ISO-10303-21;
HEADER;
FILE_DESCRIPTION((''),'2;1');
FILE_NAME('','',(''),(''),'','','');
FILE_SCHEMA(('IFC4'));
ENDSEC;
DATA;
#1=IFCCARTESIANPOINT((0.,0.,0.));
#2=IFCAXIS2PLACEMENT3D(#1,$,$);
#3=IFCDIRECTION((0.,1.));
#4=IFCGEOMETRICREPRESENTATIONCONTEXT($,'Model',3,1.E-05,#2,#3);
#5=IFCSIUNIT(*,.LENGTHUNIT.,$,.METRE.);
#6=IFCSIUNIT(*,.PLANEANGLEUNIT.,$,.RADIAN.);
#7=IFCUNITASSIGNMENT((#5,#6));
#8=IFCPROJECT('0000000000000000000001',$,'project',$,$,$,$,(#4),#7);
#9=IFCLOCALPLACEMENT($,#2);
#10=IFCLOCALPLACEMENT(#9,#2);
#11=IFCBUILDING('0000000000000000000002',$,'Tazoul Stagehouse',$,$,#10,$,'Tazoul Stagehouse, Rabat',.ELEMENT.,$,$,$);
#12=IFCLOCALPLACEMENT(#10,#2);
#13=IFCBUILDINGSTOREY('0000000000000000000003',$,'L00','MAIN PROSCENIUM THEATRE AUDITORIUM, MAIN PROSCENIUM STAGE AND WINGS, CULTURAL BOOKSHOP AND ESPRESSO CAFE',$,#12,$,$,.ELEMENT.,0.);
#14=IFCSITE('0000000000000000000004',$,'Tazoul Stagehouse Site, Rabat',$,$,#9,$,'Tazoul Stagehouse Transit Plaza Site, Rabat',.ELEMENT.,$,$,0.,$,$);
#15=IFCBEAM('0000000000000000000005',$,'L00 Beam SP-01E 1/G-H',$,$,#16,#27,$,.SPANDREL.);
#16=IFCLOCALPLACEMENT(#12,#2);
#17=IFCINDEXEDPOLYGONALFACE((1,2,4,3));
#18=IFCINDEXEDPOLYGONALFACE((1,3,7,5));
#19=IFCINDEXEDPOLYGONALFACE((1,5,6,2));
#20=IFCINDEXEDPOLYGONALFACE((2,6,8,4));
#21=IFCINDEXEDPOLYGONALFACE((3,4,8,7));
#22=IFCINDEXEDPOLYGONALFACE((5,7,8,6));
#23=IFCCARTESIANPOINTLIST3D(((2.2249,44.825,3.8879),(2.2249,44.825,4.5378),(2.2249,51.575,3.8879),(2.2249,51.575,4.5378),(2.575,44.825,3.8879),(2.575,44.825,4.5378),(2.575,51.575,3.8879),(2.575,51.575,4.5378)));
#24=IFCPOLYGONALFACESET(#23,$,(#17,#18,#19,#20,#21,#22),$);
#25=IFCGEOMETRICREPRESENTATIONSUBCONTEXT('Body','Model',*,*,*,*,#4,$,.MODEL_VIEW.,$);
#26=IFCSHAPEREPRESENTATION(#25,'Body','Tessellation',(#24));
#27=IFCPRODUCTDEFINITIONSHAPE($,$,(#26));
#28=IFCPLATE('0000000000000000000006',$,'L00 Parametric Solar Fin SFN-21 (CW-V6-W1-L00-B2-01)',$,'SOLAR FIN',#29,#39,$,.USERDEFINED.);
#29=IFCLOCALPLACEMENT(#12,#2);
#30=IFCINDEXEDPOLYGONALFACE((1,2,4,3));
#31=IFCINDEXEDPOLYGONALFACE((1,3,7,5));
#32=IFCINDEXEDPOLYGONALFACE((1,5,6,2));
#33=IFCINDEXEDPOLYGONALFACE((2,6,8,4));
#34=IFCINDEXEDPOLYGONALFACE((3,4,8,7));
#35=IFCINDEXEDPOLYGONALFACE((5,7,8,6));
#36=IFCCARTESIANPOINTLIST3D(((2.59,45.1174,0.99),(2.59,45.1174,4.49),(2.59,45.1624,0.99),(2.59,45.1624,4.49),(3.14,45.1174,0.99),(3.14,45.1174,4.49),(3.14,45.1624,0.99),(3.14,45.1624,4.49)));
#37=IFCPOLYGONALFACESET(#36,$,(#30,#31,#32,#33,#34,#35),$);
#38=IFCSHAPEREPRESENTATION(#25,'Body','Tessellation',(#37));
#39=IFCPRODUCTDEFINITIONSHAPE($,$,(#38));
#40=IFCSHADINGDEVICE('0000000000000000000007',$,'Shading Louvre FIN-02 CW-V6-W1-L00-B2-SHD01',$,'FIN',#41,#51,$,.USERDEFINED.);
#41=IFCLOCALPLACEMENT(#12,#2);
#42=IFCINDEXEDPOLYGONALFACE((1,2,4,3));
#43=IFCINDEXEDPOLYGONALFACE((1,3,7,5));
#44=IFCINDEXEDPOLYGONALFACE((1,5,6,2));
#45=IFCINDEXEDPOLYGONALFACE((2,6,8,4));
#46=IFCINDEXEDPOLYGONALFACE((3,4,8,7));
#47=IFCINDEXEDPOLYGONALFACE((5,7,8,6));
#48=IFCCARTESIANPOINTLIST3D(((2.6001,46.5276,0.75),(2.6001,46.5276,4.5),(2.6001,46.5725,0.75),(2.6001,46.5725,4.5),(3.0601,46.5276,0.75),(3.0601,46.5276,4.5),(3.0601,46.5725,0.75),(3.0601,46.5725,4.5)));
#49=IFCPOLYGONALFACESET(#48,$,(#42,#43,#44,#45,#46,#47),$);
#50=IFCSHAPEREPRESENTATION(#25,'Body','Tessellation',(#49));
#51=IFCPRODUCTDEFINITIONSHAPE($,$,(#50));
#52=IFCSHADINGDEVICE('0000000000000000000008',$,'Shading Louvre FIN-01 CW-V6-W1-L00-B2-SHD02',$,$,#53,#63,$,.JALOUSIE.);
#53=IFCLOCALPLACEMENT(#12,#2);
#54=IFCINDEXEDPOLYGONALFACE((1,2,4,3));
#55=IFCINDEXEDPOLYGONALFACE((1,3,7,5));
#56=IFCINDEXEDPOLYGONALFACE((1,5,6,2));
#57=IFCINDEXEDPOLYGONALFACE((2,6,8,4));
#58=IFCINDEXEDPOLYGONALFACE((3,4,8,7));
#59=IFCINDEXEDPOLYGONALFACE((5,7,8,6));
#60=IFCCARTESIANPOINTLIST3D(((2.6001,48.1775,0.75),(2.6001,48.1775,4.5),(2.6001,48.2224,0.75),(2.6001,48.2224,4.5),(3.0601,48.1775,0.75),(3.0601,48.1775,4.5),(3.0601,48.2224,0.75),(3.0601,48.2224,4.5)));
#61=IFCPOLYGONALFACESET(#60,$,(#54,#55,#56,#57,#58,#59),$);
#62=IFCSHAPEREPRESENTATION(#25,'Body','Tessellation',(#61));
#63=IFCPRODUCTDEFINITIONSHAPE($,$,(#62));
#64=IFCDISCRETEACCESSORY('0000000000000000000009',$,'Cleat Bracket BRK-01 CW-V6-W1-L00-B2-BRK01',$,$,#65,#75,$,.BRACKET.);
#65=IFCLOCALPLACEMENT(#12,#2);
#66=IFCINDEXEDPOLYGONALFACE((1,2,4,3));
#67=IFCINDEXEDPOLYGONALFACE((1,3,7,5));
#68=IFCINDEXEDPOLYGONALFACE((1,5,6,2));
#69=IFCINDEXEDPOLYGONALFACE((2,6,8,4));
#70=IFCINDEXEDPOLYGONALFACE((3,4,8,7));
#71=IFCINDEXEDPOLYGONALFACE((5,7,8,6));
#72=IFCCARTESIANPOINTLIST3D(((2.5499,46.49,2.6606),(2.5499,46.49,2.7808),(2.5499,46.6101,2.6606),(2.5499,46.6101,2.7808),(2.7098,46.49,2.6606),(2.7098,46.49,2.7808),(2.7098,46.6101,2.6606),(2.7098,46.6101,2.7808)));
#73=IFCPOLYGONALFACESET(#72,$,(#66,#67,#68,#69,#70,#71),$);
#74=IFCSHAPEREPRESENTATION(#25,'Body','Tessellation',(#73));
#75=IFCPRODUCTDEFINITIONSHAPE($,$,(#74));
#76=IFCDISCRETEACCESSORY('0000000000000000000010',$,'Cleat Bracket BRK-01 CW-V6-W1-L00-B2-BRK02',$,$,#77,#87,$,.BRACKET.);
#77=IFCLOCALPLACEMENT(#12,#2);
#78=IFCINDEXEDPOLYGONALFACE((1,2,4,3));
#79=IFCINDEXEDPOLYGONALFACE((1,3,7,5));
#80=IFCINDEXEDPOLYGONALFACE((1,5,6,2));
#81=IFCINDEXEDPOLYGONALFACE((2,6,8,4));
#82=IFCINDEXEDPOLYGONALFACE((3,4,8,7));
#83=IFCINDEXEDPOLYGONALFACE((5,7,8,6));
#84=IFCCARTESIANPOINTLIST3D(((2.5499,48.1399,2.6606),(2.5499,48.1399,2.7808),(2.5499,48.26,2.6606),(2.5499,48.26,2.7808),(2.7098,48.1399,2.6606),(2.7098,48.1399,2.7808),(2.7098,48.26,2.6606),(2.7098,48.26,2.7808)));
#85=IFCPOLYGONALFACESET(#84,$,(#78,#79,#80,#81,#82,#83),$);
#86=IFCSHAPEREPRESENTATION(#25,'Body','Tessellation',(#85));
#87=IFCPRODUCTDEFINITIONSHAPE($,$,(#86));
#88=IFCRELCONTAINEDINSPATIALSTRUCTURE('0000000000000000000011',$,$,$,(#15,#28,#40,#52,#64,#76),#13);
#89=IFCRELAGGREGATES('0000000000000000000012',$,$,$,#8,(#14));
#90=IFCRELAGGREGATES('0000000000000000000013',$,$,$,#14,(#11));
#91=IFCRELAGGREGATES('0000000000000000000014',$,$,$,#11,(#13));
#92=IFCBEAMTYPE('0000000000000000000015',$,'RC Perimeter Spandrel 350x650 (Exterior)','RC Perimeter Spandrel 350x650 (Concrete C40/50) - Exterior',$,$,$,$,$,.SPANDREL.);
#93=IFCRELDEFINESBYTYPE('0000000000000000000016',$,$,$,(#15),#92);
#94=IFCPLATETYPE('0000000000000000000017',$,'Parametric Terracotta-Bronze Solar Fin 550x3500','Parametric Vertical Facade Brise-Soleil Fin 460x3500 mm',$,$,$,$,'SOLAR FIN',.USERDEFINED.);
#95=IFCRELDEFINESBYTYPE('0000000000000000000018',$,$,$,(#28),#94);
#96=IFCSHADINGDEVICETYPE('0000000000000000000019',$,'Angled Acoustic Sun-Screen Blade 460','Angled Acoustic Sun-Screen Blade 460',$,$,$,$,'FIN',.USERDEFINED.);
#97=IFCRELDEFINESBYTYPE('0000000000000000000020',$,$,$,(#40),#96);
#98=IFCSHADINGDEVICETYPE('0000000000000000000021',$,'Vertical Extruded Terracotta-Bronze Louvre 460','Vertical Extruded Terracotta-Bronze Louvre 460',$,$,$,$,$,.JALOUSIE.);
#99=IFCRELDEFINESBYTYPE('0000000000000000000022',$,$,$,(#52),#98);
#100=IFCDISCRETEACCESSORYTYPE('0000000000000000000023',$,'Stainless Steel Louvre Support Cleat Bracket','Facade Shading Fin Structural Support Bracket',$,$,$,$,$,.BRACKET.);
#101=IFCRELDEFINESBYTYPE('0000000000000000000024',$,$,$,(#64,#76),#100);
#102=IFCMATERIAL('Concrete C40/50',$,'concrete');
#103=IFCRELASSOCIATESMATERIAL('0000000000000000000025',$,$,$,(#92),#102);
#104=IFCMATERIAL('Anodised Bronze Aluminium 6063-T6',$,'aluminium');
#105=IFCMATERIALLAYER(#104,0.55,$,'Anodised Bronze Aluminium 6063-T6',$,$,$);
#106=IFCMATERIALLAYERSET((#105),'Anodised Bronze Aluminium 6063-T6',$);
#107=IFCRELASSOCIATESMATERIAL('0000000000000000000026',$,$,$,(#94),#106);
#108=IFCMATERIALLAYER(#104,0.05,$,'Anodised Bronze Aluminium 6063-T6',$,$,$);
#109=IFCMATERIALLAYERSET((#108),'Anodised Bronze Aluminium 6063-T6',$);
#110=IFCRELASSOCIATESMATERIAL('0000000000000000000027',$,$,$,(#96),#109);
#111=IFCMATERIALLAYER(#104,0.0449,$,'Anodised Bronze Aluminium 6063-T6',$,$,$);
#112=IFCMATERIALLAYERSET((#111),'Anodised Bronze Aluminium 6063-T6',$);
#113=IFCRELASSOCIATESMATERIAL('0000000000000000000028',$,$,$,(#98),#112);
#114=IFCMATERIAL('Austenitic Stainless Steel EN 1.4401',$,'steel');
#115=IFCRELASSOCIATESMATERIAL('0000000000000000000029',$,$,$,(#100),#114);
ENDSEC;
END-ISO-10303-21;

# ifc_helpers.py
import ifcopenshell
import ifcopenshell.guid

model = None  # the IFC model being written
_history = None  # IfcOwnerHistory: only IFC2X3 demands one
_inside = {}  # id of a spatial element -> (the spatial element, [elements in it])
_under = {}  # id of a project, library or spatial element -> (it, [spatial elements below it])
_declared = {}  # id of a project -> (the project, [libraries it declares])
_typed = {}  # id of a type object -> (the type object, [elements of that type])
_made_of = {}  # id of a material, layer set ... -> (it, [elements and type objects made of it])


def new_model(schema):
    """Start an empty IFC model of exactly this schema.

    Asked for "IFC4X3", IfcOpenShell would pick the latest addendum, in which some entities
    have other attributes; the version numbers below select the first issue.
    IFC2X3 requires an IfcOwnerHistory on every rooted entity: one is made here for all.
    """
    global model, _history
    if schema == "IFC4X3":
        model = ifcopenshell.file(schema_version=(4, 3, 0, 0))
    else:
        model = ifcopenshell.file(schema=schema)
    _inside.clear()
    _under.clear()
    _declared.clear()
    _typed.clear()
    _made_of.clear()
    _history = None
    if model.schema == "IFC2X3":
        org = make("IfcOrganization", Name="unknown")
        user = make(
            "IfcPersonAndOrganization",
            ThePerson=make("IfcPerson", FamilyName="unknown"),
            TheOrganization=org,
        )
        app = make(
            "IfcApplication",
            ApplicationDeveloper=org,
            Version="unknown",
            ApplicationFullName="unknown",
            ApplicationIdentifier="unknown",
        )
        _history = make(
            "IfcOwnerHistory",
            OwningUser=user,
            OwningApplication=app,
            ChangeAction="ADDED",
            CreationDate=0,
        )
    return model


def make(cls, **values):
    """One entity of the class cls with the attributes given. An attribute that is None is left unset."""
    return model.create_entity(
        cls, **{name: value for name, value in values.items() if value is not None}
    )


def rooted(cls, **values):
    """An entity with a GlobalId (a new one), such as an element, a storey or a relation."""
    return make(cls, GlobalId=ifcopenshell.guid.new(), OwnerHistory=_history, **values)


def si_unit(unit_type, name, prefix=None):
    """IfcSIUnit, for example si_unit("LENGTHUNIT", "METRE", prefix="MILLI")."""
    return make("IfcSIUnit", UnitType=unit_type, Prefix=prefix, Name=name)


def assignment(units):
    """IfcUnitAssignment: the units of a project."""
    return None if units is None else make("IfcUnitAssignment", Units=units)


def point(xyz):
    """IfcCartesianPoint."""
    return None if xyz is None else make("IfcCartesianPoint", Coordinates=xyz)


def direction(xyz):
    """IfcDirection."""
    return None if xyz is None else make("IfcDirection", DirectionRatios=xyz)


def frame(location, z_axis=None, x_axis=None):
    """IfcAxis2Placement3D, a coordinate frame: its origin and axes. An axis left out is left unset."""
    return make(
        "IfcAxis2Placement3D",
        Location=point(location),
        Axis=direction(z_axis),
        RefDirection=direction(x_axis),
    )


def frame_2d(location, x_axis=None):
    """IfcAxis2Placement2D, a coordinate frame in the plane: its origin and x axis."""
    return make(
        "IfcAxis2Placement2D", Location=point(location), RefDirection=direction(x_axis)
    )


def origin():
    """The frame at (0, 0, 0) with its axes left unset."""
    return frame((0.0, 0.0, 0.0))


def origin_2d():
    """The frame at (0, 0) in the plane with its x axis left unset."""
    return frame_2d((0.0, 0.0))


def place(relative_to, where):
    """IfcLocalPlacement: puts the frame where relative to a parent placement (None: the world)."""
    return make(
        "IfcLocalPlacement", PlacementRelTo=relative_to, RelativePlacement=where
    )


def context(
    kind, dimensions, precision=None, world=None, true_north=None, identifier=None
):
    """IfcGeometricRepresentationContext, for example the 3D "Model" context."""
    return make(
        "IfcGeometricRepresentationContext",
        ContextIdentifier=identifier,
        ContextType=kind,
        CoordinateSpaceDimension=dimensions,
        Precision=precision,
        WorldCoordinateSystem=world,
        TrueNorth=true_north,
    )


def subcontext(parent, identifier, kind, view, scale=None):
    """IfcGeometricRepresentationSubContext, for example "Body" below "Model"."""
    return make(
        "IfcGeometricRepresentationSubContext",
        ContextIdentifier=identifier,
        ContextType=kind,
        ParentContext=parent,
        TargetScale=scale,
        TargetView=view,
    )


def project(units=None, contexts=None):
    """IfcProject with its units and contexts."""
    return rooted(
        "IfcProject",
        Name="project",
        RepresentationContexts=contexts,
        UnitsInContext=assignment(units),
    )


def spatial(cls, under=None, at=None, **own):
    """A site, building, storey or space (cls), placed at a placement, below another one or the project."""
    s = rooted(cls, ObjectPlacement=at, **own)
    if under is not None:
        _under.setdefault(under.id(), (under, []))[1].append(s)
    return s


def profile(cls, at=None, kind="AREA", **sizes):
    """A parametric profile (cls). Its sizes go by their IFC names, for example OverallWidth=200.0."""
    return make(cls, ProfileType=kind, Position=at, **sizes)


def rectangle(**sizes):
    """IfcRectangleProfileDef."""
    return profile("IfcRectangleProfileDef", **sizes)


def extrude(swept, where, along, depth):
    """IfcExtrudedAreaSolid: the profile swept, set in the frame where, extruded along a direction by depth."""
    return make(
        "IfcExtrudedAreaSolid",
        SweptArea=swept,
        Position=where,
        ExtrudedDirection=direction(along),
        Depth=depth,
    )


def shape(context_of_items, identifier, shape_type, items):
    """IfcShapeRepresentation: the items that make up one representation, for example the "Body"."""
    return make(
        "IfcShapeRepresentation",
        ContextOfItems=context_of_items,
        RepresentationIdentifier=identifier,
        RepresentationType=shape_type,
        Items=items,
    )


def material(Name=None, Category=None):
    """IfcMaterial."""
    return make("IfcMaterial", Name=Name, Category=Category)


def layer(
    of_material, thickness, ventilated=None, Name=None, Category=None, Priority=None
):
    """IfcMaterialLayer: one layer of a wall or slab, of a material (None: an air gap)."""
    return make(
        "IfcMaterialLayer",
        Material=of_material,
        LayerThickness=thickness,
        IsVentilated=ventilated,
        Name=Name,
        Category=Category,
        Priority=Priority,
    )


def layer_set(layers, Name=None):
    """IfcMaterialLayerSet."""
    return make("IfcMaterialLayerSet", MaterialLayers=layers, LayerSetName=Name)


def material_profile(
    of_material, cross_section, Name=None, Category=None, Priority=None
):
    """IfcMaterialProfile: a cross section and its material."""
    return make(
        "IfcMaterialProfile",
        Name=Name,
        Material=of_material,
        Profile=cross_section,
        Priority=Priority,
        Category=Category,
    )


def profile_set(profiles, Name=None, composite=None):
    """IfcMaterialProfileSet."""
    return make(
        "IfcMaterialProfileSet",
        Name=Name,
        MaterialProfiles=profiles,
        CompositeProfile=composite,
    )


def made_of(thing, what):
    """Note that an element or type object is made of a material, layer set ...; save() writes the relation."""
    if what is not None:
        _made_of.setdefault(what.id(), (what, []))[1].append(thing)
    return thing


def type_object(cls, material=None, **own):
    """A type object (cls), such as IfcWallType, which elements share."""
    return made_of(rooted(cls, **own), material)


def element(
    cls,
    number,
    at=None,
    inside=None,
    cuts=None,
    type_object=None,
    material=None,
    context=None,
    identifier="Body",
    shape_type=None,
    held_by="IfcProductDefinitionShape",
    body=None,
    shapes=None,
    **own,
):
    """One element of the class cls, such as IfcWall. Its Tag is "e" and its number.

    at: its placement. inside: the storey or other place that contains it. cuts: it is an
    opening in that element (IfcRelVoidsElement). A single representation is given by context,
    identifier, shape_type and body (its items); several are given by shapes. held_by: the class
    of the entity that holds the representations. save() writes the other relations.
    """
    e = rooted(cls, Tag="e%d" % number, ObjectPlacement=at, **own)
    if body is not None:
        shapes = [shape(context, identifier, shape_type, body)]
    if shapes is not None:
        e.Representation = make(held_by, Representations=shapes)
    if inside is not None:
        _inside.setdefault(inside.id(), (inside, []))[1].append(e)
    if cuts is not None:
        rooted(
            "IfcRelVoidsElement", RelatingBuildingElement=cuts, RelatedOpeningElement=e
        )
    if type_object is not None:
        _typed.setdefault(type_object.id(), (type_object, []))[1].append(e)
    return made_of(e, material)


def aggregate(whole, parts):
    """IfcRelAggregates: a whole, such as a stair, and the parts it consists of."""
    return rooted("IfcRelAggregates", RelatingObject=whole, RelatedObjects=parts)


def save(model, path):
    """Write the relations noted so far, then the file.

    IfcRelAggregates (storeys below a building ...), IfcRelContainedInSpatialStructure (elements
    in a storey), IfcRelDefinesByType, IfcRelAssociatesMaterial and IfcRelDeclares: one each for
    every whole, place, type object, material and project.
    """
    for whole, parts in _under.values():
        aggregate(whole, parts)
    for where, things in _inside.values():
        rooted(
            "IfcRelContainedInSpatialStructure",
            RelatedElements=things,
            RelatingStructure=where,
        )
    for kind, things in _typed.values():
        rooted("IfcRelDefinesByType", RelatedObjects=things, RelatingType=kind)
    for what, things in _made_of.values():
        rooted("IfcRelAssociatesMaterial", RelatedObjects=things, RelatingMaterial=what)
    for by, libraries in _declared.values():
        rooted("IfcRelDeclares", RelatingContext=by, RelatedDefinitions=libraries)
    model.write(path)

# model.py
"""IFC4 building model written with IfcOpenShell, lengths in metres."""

from ifc_helpers import new_model, si_unit, direction, frame, origin, origin_2d, place, context, subcontext, project, spatial, rectangle, extrude, material, layer, layer_set, material_profile, profile_set, type_object, element, save


model = new_model("IFC4")

# Units and contexts
model_context = context("Model", 3, precision=1e-05, world=origin(), true_north=direction((0.0, 1.0)))
body_context = subcontext(model_context, "Body", "Model", "MODEL_VIEW")
ifc_project = project(units=[si_unit("LENGTHUNIT", "METRE"), si_unit("PLANEANGLEUNIT", "RADIAN")], contexts=[model_context])

# Shared definitions
ifc_material_1 = material(Name="Anodised Bronze Aluminium 6063-T6", Category="aluminium")
site_placement = place(None, origin())
building_placement = place(site_placement, origin())
storey_placement = place(building_placement, origin())

# Site, building, storey
site = spatial("IfcSite", under=ifc_project, at=site_placement, Name="Tazoul Stagehouse Site, Rabat", LongName="Tazoul Stagehouse Transit Plaza Site, Rabat", CompositionType="ELEMENT", RefElevation=0.0)
building = spatial("IfcBuilding", under=site, at=building_placement, Name="Tazoul Stagehouse", LongName="Tazoul Stagehouse, Rabat", CompositionType="ELEMENT")
storey = spatial("IfcBuildingStorey", under=building, at=storey_placement, Name="L00", Description="MAIN PROSCENIUM THEATRE AUDITORIUM, MAIN PROSCENIUM STAGE AND WINGS, CULTURAL BOOKSHOP AND ESPRESSO CAFE", CompositionType="ELEMENT", Elevation=0.0)

# Beam
ifc_material_2 = material(Name="Concrete C40/50", Category="concrete")
ifc_material_profile_1 = material_profile(ifc_material_2, rectangle(XDim=0.3501, YDim=0.6499, at=origin_2d()), Name="RC 350x650")
ifc_profile_set_1 = profile_set([ifc_material_profile_1], Name="Concrete C40/50")
beam_type = type_object("IfcBeamType", Name="RC Perimeter Spandrel 350x650 (Exterior)", Description="RC Perimeter Spandrel 350x650 (Concrete C40/50) - Exterior", PredefinedType="SPANDREL", material=ifc_profile_set_1)
beam_placement = place(storey_placement, frame((2.3999, 44.825, 4.2129), z_axis=(0.0, 1.0, 0.0), x_axis=(-1.0, 0.0, 0.0)))
element("IfcBeam", 1, at=beam_placement, inside=storey, type_object=beam_type, Name="L00 Beam SP-01E 1/G-H", PredefinedType="SPANDREL", context=body_context, shape_type="SweptSolid", body=[
    extrude(rectangle(XDim=0.3501, YDim=0.6499, at=origin_2d()), origin(), (0.0, 0.0, 1.0), 6.75),
])

# Plate
ifc_layer_1 = layer(ifc_material_1, 0.55, Name="Anodised Bronze Aluminium 6063-T6")
ifc_layer_set_1 = layer_set([ifc_layer_1], Name="Anodised Bronze Aluminium 6063-T6")
plate_type_1 = type_object("IfcPlateType", Name="Parametric Terracotta-Bronze Solar Fin 550x3500", Description="Parametric Vertical Facade Brise-Soleil Fin 460x3500 mm", ElementType="SOLAR FIN", PredefinedType="USERDEFINED", material=ifc_layer_set_1)
plate_1_placement = place(storey_placement, frame((2.865, 45.1399, 0.99), z_axis=(0.0, 0.0, 1.0), x_axis=(0.0, 1.0, 0.0)))
element("IfcPlate", 2, at=plate_1_placement, inside=storey, type_object=plate_type_1, Name="L00 Parametric Solar Fin SFN-21 (CW-V6-W1-L00-B2-01)", ObjectType="SOLAR FIN", PredefinedType="USERDEFINED", context=body_context, shape_type="SweptSolid", body=[
    extrude(rectangle(XDim=0.0449, YDim=0.55, at=origin_2d()), origin(), (0.0, 0.0, 1.0), 3.5),
])

# Shading devices
ifc_layer_2 = layer(ifc_material_1, 0.05, Name="Anodised Bronze Aluminium 6063-T6")
ifc_layer_set_2 = layer_set([ifc_layer_2], Name="Anodised Bronze Aluminium 6063-T6")
shading_device_type_1 = type_object("IfcShadingDeviceType", Name="Angled Acoustic Sun-Screen Blade 460", Description="Angled Acoustic Sun-Screen Blade 460", ElementType="FIN", PredefinedType="USERDEFINED", material=ifc_layer_set_2)
shading_device_1_placement = place(storey_placement, frame((2.8301, 46.55, 0.75), z_axis=(0.0, 0.0, 1.0), x_axis=(0.0, 1.0, 0.0)))
element("IfcShadingDevice", 3, at=shading_device_1_placement, inside=storey, type_object=shading_device_type_1, Name="Shading Louvre FIN-02 CW-V6-W1-L00-B2-SHD01", ObjectType="FIN", PredefinedType="USERDEFINED", context=body_context, shape_type="SweptSolid", body=[
    extrude(rectangle(XDim=0.0449, YDim=0.46, at=origin_2d()), origin(), (0.0, 0.0, 1.0), 3.75),
])
ifc_layer_3 = layer(ifc_material_1, 0.0449, Name="Anodised Bronze Aluminium 6063-T6")
ifc_layer_set_3 = layer_set([ifc_layer_3], Name="Anodised Bronze Aluminium 6063-T6")
shading_device_type_2 = type_object("IfcShadingDeviceType", Name="Vertical Extruded Terracotta-Bronze Louvre 460", Description="Vertical Extruded Terracotta-Bronze Louvre 460", PredefinedType="JALOUSIE", material=ifc_layer_set_3)
shading_device_2_placement = place(storey_placement, frame((2.8301, 48.2, 0.75), z_axis=(0.0, 0.0, 1.0), x_axis=(0.0, 1.0, 0.0)))
element("IfcShadingDevice", 4, at=shading_device_2_placement, inside=storey, type_object=shading_device_type_2, Name="Shading Louvre FIN-01 CW-V6-W1-L00-B2-SHD02", PredefinedType="JALOUSIE", context=body_context, shape_type="SweptSolid", body=[
    extrude(rectangle(XDim=0.0449, YDim=0.46, at=origin_2d()), origin(), (0.0, 0.0, 1.0), 3.75),
])

# Discrete accessories
ifc_material_3 = material(Name="Austenitic Stainless Steel EN 1.4401", Category="steel")
discrete_accessory_type = type_object("IfcDiscreteAccessoryType", Name="Stainless Steel Louvre Support Cleat Bracket", Description="Facade Shading Fin Structural Support Bracket", PredefinedType="BRACKET", material=ifc_material_3)
for number, where, z_axis, x_axis, name in (
    (5, (2.6299, 46.55, 2.6606), (0.0, 0.0, 1.0), (0.0, 1.0, 0.0), "Cleat Bracket BRK-01 CW-V6-W1-L00-B2-BRK01"),
    (6, (2.6299, 48.2, 2.6606), (0.0, 0.0, 1.0), (0.0, 1.0, 0.0), "Cleat Bracket BRK-01 CW-V6-W1-L00-B2-BRK02"),
):
    element("IfcDiscreteAccessory", number, at=place(storey_placement, frame(where, z_axis=z_axis, x_axis=x_axis)), inside=storey, type_object=discrete_accessory_type, Name=name, PredefinedType="BRACKET", context=body_context, shape_type="SweptSolid", body=[
        extrude(rectangle(XDim=0.1201, YDim=0.1599, at=origin_2d()), origin(), (0.0, 0.0, 1.0), 0.1201),
    ])

save(model, "model.ifc")
